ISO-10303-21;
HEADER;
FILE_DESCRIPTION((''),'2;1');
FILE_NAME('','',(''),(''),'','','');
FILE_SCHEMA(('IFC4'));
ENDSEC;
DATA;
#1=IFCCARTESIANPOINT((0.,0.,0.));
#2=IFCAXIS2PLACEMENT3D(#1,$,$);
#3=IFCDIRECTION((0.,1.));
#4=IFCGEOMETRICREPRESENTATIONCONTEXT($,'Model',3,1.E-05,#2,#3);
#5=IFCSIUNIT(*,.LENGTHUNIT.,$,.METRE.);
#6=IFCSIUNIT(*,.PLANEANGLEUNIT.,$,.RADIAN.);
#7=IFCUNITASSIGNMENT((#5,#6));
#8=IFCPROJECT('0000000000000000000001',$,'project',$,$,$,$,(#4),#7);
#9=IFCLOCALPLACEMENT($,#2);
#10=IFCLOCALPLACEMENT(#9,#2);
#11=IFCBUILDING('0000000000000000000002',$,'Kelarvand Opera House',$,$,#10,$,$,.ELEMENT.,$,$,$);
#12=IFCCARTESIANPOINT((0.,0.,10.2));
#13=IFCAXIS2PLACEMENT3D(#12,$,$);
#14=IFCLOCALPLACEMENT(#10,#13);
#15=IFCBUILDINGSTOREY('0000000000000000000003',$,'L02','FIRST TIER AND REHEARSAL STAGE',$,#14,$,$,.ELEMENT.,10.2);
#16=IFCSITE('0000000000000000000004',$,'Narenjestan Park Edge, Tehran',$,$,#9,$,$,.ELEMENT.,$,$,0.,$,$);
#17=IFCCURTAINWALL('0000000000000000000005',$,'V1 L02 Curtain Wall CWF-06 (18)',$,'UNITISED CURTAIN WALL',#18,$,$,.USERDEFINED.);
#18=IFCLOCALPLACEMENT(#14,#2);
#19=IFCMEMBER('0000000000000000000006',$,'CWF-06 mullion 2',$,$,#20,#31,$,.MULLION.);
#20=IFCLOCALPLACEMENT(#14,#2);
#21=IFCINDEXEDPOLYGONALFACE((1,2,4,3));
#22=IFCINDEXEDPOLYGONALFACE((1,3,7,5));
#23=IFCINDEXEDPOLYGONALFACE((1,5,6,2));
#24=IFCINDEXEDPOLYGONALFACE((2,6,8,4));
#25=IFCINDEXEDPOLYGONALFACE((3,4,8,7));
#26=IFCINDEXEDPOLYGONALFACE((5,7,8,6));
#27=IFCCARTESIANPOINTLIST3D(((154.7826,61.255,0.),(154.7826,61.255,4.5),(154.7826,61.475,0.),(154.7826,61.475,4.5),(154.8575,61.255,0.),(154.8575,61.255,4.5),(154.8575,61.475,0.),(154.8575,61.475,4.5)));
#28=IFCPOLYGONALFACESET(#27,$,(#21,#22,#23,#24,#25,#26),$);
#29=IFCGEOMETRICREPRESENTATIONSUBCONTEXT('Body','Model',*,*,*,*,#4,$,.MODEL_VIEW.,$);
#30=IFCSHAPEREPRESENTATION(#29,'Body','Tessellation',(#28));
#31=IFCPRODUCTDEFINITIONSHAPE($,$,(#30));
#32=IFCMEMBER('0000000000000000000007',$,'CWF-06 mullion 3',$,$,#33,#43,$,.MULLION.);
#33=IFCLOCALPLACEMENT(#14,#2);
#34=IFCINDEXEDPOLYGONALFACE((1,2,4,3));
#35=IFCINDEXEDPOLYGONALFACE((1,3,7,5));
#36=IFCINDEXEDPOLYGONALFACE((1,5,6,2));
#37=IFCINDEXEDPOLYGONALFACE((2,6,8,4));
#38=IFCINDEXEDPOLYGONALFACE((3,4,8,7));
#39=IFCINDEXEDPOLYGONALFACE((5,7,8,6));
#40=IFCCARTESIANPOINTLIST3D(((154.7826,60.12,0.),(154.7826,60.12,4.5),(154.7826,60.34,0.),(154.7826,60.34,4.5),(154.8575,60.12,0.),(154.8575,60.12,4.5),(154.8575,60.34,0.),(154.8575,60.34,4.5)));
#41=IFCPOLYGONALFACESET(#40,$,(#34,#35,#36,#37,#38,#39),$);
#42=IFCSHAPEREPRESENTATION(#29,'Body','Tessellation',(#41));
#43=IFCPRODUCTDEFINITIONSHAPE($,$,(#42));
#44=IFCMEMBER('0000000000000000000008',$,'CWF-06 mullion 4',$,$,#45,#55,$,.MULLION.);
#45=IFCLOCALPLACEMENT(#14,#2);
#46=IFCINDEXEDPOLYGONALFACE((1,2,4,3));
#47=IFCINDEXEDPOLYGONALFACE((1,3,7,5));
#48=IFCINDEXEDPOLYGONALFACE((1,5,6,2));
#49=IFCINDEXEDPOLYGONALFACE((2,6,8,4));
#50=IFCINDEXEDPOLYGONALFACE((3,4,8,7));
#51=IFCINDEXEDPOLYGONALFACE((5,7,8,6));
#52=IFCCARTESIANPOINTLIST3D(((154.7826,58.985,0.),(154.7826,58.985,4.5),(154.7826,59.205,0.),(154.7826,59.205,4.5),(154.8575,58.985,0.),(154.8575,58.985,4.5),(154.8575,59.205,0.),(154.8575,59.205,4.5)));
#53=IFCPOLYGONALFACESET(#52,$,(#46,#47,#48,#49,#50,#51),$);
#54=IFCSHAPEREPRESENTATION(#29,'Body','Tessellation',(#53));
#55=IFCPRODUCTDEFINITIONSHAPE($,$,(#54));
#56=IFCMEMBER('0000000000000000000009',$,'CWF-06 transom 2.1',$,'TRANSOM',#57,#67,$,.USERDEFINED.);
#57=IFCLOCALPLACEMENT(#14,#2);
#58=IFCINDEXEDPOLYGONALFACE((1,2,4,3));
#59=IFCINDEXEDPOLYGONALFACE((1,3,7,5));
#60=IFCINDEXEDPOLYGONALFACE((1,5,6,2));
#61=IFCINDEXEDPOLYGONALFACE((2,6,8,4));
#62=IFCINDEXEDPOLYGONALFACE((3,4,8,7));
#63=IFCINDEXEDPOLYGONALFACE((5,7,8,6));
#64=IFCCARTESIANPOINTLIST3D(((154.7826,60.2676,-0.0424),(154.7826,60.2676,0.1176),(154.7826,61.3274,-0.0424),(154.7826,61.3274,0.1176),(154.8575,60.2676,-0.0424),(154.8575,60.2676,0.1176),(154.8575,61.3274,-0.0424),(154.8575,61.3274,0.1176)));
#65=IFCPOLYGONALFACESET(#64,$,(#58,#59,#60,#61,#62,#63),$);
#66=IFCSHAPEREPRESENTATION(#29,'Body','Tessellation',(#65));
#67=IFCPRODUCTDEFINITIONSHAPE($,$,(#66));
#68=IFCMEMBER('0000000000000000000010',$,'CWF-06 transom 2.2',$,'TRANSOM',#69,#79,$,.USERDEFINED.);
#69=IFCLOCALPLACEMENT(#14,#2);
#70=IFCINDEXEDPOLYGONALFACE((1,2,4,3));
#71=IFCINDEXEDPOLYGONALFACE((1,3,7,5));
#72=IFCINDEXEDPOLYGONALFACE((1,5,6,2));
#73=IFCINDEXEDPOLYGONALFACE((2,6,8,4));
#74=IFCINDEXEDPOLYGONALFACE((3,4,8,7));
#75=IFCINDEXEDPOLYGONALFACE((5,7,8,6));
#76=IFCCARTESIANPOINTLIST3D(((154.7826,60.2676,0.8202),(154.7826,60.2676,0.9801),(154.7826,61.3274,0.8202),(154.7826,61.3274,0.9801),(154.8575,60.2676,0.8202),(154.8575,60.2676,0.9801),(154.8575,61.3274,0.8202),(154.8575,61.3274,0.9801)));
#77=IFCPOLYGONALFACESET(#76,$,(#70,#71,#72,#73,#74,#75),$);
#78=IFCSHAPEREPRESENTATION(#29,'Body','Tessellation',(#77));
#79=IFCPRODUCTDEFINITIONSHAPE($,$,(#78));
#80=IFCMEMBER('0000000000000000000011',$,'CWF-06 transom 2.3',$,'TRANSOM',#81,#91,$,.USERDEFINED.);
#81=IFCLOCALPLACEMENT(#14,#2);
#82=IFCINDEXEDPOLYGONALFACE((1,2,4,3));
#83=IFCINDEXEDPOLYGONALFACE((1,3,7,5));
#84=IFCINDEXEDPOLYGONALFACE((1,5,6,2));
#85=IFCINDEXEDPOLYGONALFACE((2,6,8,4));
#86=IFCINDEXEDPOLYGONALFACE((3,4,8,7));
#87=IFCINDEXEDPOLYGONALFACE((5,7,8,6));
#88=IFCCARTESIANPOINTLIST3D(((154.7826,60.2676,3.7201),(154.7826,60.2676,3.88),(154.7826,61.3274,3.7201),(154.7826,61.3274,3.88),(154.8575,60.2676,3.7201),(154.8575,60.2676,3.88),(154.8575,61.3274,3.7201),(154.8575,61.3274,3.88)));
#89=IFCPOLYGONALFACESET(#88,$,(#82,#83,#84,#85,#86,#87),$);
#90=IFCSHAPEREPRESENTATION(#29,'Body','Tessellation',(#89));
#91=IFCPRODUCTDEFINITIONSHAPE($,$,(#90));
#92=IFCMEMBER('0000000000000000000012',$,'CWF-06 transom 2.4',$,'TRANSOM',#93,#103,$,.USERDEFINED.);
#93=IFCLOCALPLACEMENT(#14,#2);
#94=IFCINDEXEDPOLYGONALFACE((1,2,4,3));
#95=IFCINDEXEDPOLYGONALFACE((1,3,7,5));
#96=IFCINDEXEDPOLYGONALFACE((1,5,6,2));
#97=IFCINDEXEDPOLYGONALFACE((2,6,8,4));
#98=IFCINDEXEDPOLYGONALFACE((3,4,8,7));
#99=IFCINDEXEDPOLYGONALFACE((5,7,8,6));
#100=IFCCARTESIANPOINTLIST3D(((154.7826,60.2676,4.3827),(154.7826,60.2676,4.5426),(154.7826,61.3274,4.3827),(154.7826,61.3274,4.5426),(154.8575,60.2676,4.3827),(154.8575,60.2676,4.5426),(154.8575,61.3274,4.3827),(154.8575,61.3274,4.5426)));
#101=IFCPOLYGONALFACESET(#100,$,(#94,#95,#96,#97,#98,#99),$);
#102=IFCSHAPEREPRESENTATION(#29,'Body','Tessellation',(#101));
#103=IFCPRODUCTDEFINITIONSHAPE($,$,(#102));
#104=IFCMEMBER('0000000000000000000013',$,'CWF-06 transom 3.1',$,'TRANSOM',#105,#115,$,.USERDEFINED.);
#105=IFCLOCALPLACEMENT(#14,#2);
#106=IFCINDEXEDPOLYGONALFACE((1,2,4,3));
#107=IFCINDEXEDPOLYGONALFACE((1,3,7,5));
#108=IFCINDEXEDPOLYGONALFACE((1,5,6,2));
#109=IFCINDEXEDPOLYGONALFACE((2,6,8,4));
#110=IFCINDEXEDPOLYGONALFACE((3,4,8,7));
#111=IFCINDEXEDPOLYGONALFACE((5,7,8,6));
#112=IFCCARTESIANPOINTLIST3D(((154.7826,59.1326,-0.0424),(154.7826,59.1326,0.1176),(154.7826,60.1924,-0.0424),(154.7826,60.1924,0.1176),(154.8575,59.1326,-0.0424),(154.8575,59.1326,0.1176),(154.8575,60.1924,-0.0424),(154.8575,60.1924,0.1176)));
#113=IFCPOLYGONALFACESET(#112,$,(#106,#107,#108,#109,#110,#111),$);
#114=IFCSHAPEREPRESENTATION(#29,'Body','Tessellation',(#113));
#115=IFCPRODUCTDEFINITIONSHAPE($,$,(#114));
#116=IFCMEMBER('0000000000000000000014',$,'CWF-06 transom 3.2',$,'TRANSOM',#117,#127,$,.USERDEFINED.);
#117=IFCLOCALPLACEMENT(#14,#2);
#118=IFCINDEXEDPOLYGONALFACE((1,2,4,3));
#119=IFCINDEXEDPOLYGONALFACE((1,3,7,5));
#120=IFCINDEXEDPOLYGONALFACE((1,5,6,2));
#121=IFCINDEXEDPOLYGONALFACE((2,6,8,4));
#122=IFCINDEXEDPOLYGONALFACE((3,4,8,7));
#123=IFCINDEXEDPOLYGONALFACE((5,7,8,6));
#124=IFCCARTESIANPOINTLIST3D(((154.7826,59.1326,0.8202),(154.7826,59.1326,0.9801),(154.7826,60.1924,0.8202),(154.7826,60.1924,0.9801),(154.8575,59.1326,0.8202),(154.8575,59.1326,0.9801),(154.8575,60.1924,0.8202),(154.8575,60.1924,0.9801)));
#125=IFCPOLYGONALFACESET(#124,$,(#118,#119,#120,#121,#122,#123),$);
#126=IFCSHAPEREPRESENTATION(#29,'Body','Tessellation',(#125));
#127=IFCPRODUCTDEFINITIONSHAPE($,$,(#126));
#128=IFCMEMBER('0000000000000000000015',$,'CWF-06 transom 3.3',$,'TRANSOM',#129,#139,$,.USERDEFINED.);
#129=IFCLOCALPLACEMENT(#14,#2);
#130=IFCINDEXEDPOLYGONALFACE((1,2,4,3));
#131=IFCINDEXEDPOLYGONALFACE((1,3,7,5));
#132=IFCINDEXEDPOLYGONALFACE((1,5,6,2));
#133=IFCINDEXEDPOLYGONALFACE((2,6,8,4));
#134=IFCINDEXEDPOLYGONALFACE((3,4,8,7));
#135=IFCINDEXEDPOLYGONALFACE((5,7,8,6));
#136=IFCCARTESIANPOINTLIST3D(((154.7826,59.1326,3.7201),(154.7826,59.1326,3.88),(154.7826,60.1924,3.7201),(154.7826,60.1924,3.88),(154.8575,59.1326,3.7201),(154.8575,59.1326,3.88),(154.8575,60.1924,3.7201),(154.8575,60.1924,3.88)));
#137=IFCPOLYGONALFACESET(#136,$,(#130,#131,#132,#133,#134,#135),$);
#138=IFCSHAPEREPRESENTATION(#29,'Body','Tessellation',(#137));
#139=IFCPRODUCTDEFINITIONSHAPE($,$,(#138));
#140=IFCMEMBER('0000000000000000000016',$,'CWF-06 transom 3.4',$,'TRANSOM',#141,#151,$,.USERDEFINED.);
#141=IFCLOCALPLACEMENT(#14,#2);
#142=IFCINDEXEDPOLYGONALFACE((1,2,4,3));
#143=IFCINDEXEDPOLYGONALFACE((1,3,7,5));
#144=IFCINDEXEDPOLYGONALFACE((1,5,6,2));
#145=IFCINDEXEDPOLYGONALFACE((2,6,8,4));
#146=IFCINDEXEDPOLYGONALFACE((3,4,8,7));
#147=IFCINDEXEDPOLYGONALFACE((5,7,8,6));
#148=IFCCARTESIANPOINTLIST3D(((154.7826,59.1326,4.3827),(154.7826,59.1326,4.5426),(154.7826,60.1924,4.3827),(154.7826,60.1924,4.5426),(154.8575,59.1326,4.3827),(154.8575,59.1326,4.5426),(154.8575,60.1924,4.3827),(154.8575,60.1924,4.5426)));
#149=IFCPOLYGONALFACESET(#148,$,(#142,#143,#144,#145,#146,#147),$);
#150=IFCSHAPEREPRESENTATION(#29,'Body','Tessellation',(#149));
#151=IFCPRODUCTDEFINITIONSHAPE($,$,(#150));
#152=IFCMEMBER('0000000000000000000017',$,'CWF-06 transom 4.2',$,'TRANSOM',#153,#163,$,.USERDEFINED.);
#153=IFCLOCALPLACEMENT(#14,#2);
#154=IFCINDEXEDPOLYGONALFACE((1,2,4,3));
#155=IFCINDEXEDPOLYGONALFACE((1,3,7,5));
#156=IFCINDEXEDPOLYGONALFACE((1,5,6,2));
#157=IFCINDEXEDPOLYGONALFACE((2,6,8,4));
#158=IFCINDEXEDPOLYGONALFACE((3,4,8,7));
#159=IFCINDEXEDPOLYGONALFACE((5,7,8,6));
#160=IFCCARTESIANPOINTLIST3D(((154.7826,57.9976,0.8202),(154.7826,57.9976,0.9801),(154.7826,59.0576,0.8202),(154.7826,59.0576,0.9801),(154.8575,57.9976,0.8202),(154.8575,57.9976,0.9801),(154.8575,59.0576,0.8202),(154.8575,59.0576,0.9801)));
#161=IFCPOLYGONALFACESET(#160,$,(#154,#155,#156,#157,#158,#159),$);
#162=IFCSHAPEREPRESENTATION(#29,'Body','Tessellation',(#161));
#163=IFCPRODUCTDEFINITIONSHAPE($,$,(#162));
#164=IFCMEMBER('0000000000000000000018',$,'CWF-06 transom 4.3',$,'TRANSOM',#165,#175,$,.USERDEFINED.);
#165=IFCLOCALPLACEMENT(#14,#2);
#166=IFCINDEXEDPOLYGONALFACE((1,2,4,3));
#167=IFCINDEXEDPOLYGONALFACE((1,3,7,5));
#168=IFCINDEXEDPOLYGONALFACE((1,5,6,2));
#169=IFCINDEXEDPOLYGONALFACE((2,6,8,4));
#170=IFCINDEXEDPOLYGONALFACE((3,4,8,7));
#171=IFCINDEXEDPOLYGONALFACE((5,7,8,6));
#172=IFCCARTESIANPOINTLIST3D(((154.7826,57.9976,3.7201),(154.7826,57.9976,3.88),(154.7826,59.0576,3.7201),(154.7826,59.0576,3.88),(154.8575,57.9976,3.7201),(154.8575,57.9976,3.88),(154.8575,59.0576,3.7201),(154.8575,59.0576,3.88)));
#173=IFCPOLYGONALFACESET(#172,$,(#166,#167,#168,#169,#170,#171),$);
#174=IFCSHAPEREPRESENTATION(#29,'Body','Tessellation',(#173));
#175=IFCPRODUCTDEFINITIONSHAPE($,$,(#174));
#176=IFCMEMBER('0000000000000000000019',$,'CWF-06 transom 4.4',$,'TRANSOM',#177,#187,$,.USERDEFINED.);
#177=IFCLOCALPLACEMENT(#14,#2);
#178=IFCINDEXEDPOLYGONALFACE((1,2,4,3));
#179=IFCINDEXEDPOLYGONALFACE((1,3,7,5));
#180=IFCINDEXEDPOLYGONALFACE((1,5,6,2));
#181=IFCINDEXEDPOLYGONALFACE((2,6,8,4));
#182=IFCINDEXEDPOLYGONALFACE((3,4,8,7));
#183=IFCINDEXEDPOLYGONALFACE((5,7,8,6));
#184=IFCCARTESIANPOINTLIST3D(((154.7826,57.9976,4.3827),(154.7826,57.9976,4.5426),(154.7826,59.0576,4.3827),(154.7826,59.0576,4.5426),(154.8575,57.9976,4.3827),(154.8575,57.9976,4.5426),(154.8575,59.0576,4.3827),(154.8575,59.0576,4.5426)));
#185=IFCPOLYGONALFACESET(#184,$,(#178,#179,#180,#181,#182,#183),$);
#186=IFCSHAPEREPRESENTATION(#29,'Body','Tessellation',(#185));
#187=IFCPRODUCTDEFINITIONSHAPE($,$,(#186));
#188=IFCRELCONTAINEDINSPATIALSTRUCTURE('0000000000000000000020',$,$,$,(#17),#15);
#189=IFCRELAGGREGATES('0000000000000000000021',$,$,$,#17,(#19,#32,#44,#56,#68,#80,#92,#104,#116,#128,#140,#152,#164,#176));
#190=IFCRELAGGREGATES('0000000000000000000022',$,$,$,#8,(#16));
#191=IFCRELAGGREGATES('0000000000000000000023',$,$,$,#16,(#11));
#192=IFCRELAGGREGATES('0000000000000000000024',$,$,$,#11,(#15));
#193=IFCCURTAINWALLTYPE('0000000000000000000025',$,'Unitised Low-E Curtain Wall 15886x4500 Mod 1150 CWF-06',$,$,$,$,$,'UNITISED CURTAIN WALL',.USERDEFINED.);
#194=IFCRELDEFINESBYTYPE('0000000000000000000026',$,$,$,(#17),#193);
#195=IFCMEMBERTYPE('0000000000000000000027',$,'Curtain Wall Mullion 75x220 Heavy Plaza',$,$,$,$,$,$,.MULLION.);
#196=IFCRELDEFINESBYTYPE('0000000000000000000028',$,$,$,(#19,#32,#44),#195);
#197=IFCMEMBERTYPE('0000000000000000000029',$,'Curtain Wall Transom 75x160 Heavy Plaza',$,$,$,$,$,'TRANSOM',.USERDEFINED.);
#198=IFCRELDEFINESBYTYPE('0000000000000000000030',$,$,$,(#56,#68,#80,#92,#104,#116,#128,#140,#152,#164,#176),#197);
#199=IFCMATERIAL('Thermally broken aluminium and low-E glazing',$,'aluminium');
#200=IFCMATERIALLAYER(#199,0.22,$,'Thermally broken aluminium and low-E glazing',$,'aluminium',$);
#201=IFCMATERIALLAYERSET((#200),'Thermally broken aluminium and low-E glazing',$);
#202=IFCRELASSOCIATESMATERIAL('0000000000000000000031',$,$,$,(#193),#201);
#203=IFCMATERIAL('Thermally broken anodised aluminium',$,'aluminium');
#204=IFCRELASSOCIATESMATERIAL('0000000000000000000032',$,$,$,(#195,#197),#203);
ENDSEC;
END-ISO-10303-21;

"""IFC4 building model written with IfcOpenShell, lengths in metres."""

from ifc_helpers import new_model, si_unit, direction, frame, origin, origin_2d, place, context, subcontext, project, spatial, rectangle, extrude, material, layer, layer_set, material_profile, profile_set, type_object, element, aggregate, save


model = new_model("IFC4")

# Units and contexts
model_context = context("Model", 3, precision=1e-05, world=origin(), true_north=direction((0.0, 1.0)))
body_context = subcontext(model_context, "Body", "Model", "MODEL_VIEW")
ifc_project = project(units=[si_unit("LENGTHUNIT", "METRE"), si_unit("PLANEANGLEUNIT", "RADIAN")], contexts=[model_context])

# Site, building, storey
site_placement = place(None, origin())
site = spatial("IfcSite", under=ifc_project, at=site_placement, Name="Narenjestan Park Edge, Tehran", CompositionType="ELEMENT", RefElevation=0.0)
building_placement = place(site_placement, origin())
building = spatial("IfcBuilding", under=site, at=building_placement, Name="Kelarvand Opera House", CompositionType="ELEMENT")
storey_placement = place(building_placement, frame((0.0, 0.0, 10.2)))
storey = spatial("IfcBuildingStorey", under=building, at=storey_placement, Name="L02", Description="FIRST TIER AND REHEARSAL STAGE", CompositionType="ELEMENT", Elevation=10.2)

# Curtain wall, members
ifc_material_1 = material(Name="Thermally broken aluminium and low-E glazing", Category="aluminium")
ifc_layer_1 = layer(ifc_material_1, 0.22, Name="Thermally broken aluminium and low-E glazing", Category="aluminium")
ifc_layer_set_1 = layer_set([ifc_layer_1], Name="Thermally broken aluminium and low-E glazing")
curtain_wall_type = type_object("IfcCurtainWallType", Name="Unitised Low-E Curtain Wall 15886x4500 Mod 1150 CWF-06", ElementType="UNITISED CURTAIN WALL", PredefinedType="USERDEFINED", material=ifc_layer_set_1)
curtain_wall_placement = place(storey_placement, origin())
curtain_wall = element("IfcCurtainWall", 1, at=curtain_wall_placement, inside=storey, type_object=curtain_wall_type, Name="V1 L02 Curtain Wall CWF-06 (18)", ObjectType="UNITISED CURTAIN WALL", PredefinedType="USERDEFINED")
ifc_material_2 = material(Name="Thermally broken anodised aluminium", Category="aluminium")
ifc_material_profile_1 = material_profile(ifc_material_2, rectangle(XDim=0.075, YDim=0.22, at=origin_2d()), Name="ALU MULLION 75x220", Category="aluminium")
ifc_profile_set_1 = profile_set([ifc_material_profile_1], Name="Thermally broken anodised aluminium")
member_type_1 = type_object("IfcMemberType", Name="Curtain Wall Mullion 75x220 Heavy Plaza", PredefinedType="MULLION", material=ifc_profile_set_1)
member_1_placement = place(storey_placement, frame((154.8201, 61.365, 0.0), z_axis=(0.0, 0.0, 1.0), x_axis=(1.0, 0.0, 0.0)))
member_1 = element("IfcMember", 2, at=member_1_placement, type_object=member_type_1, Name="CWF-06 mullion 2", PredefinedType="MULLION", context=body_context, shape_type="SweptSolid", body=[
    extrude(rectangle(XDim=0.075, YDim=0.22, at=origin_2d()), origin(), (0.0, 0.0, 1.0), 4.5),
])
member_2_placement = place(storey_placement, frame((154.8201, 60.23, 0.0), z_axis=(0.0, 0.0, 1.0), x_axis=(1.0, 0.0, 0.0)))
member_2 = element("IfcMember", 3, at=member_2_placement, type_object=member_type_1, Name="CWF-06 mullion 3", PredefinedType="MULLION", context=body_context, shape_type="SweptSolid", body=[
    extrude(rectangle(XDim=0.075, YDim=0.22, at=origin_2d()), origin(), (0.0, 0.0, 1.0), 4.5),
])
member_3_placement = place(storey_placement, frame((154.8201, 59.095, 0.0), z_axis=(0.0, 0.0, 1.0), x_axis=(1.0, 0.0, 0.0)))
member_3 = element("IfcMember", 4, at=member_3_placement, type_object=member_type_1, Name="CWF-06 mullion 4", PredefinedType="MULLION", context=body_context, shape_type="SweptSolid", body=[
    extrude(rectangle(XDim=0.075, YDim=0.22, at=origin_2d()), origin(), (0.0, 0.0, 1.0), 4.5),
])
ifc_material_profile_2 = material_profile(ifc_material_2, rectangle(XDim=0.075, YDim=0.1599, at=origin_2d()), Name="ALU TRANSOM 75x160", Category="aluminium")
ifc_profile_set_2 = profile_set([ifc_material_profile_2], Name="Thermally broken anodised aluminium")
member_type_2 = type_object("IfcMemberType", Name="Curtain Wall Transom 75x160 Heavy Plaza", ElementType="TRANSOM", PredefinedType="USERDEFINED", material=ifc_profile_set_2)
member_4_placement = place(storey_placement, frame((154.8201, 61.3274, 0.0376), z_axis=(0.0, -1.0, 0.0), x_axis=(1.0, 0.0, 0.0)))
member_4 = element("IfcMember", 5, at=member_4_placement, type_object=member_type_2, Name="CWF-06 transom 2.1", ObjectType="TRANSOM", PredefinedType="USERDEFINED", context=body_context, shape_type="SweptSolid", body=[
    extrude(rectangle(XDim=0.075, YDim=0.1599, at=origin_2d()), origin(), (0.0, 0.0, 1.0), 1.0598),
])
member_5_placement = place(storey_placement, frame((154.8201, 61.3274, 0.9001), z_axis=(0.0, -1.0, 0.0), x_axis=(1.0, 0.0, 0.0)))
member_5 = element("IfcMember", 6, at=member_5_placement, type_object=member_type_2, Name="CWF-06 transom 2.2", ObjectType="TRANSOM", PredefinedType="USERDEFINED", context=body_context, shape_type="SweptSolid", body=[
    extrude(rectangle(XDim=0.075, YDim=0.1599, at=origin_2d()), origin(), (0.0, 0.0, 1.0), 1.0598),
])
member_6_placement = place(storey_placement, frame((154.8201, 61.3274, 3.8), z_axis=(0.0, -1.0, 0.0), x_axis=(1.0, 0.0, 0.0)))
member_6 = element("IfcMember", 7, at=member_6_placement, type_object=member_type_2, Name="CWF-06 transom 2.3", ObjectType="TRANSOM", PredefinedType="USERDEFINED", context=body_context, shape_type="SweptSolid", body=[
    extrude(rectangle(XDim=0.075, YDim=0.1599, at=origin_2d()), origin(), (0.0, 0.0, 1.0), 1.0598),
])
member_7_placement = place(storey_placement, frame((154.8201, 61.3274, 4.4626), z_axis=(0.0, -1.0, 0.0), x_axis=(1.0, 0.0, 0.0)))
member_7 = element("IfcMember", 8, at=member_7_placement, type_object=member_type_2, Name="CWF-06 transom 2.4", ObjectType="TRANSOM", PredefinedType="USERDEFINED", context=body_context, shape_type="SweptSolid", body=[
    extrude(rectangle(XDim=0.075, YDim=0.1599, at=origin_2d()), origin(), (0.0, 0.0, 1.0), 1.0598),
])
member_8_placement = place(storey_placement, frame((154.8201, 60.1924, 0.0376), z_axis=(0.0, -1.0, 0.0), x_axis=(1.0, 0.0, 0.0)))
member_8 = element("IfcMember", 9, at=member_8_placement, type_object=member_type_2, Name="CWF-06 transom 3.1", ObjectType="TRANSOM", PredefinedType="USERDEFINED", context=body_context, shape_type="SweptSolid", body=[
    extrude(rectangle(XDim=0.075, YDim=0.1599, at=origin_2d()), origin(), (0.0, 0.0, 1.0), 1.0598),
])
member_9_placement = place(storey_placement, frame((154.8201, 60.1924, 0.9001), z_axis=(0.0, -1.0, 0.0), x_axis=(1.0, 0.0, 0.0)))
member_9 = element("IfcMember", 10, at=member_9_placement, type_object=member_type_2, Name="CWF-06 transom 3.2", ObjectType="TRANSOM", PredefinedType="USERDEFINED", context=body_context, shape_type="SweptSolid", body=[
    extrude(rectangle(XDim=0.075, YDim=0.1599, at=origin_2d()), origin(), (0.0, 0.0, 1.0), 1.0598),
])
member_10_placement = place(storey_placement, frame((154.8201, 60.1924, 3.8), z_axis=(0.0, -1.0, 0.0), x_axis=(1.0, 0.0, 0.0)))
member_10 = element("IfcMember", 11, at=member_10_placement, type_object=member_type_2, Name="CWF-06 transom 3.3", ObjectType="TRANSOM", PredefinedType="USERDEFINED", context=body_context, shape_type="SweptSolid", body=[
    extrude(rectangle(XDim=0.075, YDim=0.1599, at=origin_2d()), origin(), (0.0, 0.0, 1.0), 1.0598),
])
member_11_placement = place(storey_placement, frame((154.8201, 60.1924, 4.4626), z_axis=(0.0, -1.0, 0.0), x_axis=(1.0, 0.0, 0.0)))
member_11 = element("IfcMember", 12, at=member_11_placement, type_object=member_type_2, Name="CWF-06 transom 3.4", ObjectType="TRANSOM", PredefinedType="USERDEFINED", context=body_context, shape_type="SweptSolid", body=[
    extrude(rectangle(XDim=0.075, YDim=0.1599, at=origin_2d()), origin(), (0.0, 0.0, 1.0), 1.0598),
])
member_12_placement = place(storey_placement, frame((154.8201, 59.0576, 0.9001), z_axis=(0.0, -1.0, 0.0), x_axis=(1.0, 0.0, 0.0)))
member_12 = element("IfcMember", 13, at=member_12_placement, type_object=member_type_2, Name="CWF-06 transom 4.2", ObjectType="TRANSOM", PredefinedType="USERDEFINED", context=body_context, shape_type="SweptSolid", body=[
    extrude(rectangle(XDim=0.075, YDim=0.1599, at=origin_2d()), origin(), (0.0, 0.0, 1.0), 1.0601),
])
member_13_placement = place(storey_placement, frame((154.8201, 59.0576, 3.8), z_axis=(0.0, -1.0, 0.0), x_axis=(1.0, 0.0, 0.0)))
member_13 = element("IfcMember", 14, at=member_13_placement, type_object=member_type_2, Name="CWF-06 transom 4.3", ObjectType="TRANSOM", PredefinedType="USERDEFINED", context=body_context, shape_type="SweptSolid", body=[
    extrude(rectangle(XDim=0.075, YDim=0.1599, at=origin_2d()), origin(), (0.0, 0.0, 1.0), 1.0601),
])
member_14_placement = place(storey_placement, frame((154.8201, 59.0576, 4.4626), z_axis=(0.0, -1.0, 0.0), x_axis=(1.0, 0.0, 0.0)))
member_14 = element("IfcMember", 15, at=member_14_placement, type_object=member_type_2, Name="CWF-06 transom 4.4", ObjectType="TRANSOM", PredefinedType="USERDEFINED", context=body_context, shape_type="SweptSolid", body=[
    extrude(rectangle(XDim=0.075, YDim=0.1599, at=origin_2d()), origin(), (0.0, 0.0, 1.0), 1.0601),
])
aggregate(curtain_wall, [member_1, member_2, member_3, member_4, member_5, member_6, member_7, member_8, member_9, member_10, member_11, member_12, member_13, member_14])

save(model, "model.ifc")
